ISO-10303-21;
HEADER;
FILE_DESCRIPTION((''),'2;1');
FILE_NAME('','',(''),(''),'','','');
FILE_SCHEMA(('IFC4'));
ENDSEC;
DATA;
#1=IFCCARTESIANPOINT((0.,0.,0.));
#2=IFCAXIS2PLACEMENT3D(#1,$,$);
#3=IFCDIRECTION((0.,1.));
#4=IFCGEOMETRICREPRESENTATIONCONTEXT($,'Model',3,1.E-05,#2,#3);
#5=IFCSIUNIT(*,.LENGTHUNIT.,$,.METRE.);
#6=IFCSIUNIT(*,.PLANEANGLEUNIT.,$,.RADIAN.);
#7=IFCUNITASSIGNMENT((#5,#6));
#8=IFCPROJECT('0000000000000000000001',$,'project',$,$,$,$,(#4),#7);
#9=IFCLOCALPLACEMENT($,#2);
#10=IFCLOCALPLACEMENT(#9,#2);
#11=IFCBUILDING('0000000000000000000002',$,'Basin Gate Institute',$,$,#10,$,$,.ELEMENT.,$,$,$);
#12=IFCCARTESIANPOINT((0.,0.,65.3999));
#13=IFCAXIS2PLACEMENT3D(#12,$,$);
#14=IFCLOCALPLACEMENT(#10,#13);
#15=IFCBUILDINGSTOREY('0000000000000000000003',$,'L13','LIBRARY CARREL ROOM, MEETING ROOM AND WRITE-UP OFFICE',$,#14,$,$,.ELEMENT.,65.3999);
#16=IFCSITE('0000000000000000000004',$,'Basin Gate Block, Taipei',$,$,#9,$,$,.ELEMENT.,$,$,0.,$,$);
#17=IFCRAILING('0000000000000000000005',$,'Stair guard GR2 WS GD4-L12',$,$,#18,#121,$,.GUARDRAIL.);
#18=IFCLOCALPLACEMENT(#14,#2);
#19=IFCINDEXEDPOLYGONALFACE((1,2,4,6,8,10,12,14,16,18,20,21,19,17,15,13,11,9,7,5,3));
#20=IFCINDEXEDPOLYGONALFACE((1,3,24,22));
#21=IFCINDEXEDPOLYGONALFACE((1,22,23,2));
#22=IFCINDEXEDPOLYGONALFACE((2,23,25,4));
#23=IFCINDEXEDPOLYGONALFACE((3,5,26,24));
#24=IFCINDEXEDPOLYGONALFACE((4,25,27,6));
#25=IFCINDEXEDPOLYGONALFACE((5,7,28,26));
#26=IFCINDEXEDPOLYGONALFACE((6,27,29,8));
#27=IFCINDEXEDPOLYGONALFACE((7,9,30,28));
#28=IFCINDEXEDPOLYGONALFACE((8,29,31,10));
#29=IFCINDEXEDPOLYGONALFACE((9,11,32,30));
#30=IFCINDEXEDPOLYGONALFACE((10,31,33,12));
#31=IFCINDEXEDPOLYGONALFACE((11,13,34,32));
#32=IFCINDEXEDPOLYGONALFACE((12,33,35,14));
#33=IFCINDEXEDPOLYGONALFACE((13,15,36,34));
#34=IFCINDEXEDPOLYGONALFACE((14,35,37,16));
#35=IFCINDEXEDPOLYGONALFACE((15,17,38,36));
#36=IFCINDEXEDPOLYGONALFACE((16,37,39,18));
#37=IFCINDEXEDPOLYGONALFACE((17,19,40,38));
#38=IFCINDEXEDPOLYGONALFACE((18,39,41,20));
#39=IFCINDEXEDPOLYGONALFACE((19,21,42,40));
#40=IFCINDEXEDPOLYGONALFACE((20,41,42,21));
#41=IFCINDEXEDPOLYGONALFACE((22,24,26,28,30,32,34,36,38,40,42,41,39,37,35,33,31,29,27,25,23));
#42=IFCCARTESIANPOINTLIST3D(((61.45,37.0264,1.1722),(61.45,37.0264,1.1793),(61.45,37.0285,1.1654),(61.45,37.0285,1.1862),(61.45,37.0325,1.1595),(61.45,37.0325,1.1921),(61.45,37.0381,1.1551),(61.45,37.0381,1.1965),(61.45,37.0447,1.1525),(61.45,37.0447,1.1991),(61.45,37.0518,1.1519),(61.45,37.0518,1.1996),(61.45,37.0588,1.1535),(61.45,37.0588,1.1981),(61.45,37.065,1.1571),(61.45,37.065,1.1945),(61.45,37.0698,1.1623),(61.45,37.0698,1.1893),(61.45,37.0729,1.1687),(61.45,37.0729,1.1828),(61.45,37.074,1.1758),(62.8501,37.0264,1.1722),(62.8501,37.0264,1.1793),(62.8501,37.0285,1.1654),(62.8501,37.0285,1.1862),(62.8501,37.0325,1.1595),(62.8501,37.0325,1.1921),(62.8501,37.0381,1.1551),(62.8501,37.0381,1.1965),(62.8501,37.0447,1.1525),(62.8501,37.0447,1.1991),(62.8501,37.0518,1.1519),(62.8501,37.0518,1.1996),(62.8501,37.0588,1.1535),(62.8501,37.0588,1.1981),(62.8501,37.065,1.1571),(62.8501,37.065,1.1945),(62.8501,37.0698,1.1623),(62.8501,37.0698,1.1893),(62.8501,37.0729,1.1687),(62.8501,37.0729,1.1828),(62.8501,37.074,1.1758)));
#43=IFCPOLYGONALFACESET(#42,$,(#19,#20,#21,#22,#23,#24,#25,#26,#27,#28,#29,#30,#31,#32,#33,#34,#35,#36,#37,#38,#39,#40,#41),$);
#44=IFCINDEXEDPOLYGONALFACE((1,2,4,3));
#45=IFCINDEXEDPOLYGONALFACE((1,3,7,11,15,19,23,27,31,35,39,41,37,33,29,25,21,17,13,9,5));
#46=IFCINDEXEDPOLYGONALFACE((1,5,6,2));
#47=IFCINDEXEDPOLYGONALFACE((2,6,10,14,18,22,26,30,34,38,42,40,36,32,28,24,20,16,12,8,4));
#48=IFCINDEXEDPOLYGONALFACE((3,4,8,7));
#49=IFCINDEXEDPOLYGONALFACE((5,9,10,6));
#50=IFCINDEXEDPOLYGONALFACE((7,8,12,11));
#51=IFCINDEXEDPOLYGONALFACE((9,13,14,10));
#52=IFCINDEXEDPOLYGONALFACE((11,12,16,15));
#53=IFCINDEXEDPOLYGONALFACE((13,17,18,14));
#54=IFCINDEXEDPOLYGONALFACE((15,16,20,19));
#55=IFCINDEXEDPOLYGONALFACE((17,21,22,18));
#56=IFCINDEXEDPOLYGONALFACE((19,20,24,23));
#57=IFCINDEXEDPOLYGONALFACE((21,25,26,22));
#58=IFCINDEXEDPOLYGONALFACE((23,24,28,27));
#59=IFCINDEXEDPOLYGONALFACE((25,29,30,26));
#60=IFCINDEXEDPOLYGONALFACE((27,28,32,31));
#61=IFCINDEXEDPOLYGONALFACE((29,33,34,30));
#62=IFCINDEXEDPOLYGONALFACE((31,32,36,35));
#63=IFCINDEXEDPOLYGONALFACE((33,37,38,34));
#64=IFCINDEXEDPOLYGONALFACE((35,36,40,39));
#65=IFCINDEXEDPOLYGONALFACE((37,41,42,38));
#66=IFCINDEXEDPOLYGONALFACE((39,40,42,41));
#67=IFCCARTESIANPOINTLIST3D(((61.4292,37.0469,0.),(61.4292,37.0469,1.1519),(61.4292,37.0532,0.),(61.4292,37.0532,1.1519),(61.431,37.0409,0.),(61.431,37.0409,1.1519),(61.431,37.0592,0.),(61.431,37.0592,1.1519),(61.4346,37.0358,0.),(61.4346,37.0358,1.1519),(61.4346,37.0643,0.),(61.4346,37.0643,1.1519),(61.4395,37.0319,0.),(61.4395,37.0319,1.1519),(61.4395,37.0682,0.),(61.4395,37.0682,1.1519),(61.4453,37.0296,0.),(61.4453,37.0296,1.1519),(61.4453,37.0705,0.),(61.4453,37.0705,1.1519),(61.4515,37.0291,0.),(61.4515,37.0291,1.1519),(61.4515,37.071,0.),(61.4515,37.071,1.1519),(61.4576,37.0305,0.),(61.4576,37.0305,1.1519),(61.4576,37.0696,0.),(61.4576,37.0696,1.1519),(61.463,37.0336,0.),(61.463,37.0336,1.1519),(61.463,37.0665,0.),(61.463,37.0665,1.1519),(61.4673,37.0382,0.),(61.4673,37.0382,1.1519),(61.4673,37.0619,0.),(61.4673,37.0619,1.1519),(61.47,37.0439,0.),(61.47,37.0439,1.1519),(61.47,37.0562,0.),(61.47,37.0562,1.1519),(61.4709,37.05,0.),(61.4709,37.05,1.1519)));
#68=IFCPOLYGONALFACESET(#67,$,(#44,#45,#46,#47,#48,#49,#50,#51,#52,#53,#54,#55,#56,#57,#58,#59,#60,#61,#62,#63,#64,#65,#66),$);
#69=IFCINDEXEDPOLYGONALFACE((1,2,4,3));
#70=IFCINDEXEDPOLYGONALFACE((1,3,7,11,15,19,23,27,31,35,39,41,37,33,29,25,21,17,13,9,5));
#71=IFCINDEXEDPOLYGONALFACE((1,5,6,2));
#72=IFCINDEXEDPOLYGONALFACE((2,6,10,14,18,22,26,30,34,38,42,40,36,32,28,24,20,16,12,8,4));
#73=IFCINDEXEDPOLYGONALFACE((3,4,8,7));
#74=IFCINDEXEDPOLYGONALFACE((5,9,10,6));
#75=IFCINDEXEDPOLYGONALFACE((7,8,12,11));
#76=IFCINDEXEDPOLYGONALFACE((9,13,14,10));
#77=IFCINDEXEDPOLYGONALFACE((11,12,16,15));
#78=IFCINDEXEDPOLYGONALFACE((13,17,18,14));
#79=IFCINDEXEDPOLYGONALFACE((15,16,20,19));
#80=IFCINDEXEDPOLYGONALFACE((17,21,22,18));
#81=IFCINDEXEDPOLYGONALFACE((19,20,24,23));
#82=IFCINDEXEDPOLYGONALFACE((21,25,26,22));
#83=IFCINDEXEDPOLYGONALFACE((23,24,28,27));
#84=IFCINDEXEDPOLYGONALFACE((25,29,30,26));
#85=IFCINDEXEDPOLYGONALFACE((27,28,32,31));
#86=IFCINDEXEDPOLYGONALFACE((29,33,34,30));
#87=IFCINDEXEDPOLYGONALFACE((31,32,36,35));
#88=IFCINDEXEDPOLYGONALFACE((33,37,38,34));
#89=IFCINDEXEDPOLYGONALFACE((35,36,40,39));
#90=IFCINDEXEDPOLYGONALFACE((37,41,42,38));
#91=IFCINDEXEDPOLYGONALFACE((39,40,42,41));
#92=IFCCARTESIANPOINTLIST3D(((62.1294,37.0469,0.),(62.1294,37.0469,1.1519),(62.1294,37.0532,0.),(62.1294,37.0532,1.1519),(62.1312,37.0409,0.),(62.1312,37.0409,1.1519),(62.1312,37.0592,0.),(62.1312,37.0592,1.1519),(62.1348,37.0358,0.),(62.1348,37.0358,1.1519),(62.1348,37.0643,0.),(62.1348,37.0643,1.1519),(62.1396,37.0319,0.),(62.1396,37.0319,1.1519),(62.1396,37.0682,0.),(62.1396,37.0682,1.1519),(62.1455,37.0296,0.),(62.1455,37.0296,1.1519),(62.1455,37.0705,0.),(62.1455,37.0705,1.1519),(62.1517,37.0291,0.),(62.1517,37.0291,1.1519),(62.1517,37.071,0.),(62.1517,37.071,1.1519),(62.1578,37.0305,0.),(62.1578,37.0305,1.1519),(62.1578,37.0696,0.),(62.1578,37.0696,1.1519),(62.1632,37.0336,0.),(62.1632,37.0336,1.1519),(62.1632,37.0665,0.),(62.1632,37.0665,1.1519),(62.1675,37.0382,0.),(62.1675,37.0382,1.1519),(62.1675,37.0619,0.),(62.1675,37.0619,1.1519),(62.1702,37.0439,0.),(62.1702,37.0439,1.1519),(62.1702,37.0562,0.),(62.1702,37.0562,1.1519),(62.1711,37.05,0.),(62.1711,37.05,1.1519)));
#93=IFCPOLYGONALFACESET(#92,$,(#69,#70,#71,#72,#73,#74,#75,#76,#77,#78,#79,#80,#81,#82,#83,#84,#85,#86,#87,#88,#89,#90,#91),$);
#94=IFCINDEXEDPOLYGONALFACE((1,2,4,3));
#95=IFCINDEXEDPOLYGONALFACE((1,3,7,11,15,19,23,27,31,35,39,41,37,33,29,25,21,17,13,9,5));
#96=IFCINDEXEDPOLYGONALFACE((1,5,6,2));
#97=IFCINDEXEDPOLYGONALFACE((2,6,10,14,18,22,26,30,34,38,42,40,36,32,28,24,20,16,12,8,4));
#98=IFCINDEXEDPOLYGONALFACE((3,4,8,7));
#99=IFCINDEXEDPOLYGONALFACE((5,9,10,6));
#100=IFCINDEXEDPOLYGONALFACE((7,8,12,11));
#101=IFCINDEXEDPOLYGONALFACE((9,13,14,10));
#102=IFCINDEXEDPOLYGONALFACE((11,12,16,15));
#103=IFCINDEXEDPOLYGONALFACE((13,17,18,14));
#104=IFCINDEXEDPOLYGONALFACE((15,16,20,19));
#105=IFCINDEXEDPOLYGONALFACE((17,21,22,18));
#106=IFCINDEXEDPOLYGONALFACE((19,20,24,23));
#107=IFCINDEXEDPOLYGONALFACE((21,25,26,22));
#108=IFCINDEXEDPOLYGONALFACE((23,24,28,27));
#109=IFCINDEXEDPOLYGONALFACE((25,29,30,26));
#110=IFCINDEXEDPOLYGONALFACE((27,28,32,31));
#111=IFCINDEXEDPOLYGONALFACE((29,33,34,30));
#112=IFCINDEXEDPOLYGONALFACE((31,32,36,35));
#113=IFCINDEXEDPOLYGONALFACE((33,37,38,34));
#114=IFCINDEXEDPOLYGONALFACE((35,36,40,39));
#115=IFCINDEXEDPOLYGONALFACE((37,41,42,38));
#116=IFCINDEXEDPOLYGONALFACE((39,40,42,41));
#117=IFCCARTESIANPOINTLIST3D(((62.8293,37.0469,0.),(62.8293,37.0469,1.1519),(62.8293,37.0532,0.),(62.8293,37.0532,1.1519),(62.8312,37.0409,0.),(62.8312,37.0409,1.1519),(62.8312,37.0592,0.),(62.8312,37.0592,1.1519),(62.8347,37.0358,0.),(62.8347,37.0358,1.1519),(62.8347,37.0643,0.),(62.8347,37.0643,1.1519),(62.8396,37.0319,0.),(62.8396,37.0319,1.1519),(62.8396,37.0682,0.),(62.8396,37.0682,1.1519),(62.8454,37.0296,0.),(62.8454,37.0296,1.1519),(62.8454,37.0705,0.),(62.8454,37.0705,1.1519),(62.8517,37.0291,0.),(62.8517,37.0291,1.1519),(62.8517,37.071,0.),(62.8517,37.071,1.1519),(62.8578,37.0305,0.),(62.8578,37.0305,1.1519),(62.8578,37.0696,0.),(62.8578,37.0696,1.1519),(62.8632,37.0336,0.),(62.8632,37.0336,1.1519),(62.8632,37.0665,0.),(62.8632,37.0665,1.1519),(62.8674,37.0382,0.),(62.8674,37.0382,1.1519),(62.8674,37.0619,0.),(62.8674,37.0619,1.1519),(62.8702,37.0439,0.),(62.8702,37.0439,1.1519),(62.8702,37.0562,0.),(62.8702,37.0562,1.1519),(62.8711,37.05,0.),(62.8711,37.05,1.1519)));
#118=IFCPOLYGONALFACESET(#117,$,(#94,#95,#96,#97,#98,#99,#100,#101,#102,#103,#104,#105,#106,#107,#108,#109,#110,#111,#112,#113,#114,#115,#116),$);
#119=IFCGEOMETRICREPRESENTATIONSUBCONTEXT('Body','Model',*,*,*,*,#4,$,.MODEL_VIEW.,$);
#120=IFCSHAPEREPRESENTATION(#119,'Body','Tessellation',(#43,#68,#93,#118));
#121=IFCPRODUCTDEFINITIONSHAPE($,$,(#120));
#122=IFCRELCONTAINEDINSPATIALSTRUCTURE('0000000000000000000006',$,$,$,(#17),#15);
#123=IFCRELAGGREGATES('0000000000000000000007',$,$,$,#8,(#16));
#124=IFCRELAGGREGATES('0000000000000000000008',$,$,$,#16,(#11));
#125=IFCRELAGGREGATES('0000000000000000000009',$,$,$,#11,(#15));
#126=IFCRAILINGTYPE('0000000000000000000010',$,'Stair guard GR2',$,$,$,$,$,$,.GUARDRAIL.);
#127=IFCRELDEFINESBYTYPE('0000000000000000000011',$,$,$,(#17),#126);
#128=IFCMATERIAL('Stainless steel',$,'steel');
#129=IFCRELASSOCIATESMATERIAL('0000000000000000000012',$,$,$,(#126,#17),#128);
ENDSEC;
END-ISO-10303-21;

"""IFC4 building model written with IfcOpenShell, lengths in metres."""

from ifc_helpers import new_model, si_unit, direction, frame, origin, origin_2d, place, context, subcontext, project, spatial, circle, extrude, material, type_object, element, save


model = new_model("IFC4")

# Units and contexts
model_context = context("Model", 3, precision=1e-05, world=origin(), true_north=direction((0.0, 1.0)))
body_context = subcontext(model_context, "Body", "Model", "MODEL_VIEW")
ifc_project = project(units=[si_unit("LENGTHUNIT", "METRE"), si_unit("PLANEANGLEUNIT", "RADIAN")], contexts=[model_context])

# Site, building, storey
site_placement = place(None, origin())
site = spatial("IfcSite", under=ifc_project, at=site_placement, Name="Basin Gate Block, Taipei", CompositionType="ELEMENT", RefElevation=0.0)
building_placement = place(site_placement, origin())
building = spatial("IfcBuilding", under=site, at=building_placement, Name="Basin Gate Institute", CompositionType="ELEMENT")
storey_placement = place(building_placement, frame((0.0, 0.0, 65.3999)))
storey = spatial("IfcBuildingStorey", under=building, at=storey_placement, Name="L13", Description="LIBRARY CARREL ROOM, MEETING ROOM AND WRITE-UP OFFICE", CompositionType="ELEMENT", Elevation=65.3999)

# Railing
ifc_material_1 = material(Name="Stainless steel", Category="steel")
railing_type_1 = type_object("IfcRailingType", Name="Stair guard GR2", PredefinedType="GUARDRAIL", material=ifc_material_1)
railing_1_placement = place(storey_placement, frame((61.45, 37.05, 0.0)))
element("IfcRailing", 1, at=railing_1_placement, inside=storey, type_object=railing_type_1, material=ifc_material_1, Name="Stair guard GR2 WS GD4-L12", PredefinedType="GUARDRAIL", context=body_context, shape_type="SweptSolid", body=[
    extrude(circle(Radius=0.0239, at=origin_2d()), frame((0.0, 0.0, 1.1758), z_axis=(1.0, 0.0, 0.0), x_axis=(0.0, 1.0, 0.0)), (0.0, 0.0, 1.0), 1.4001),
    extrude(circle(Radius=0.021, at=origin_2d()), origin(), (0.0, 0.0, 1.0), 1.1519),
    extrude(circle(Radius=0.021, at=origin_2d()), frame((0.7002, 0.0, 0.0)), (0.0, 0.0, 1.0), 1.1519),
    extrude(circle(Radius=0.021, at=origin_2d()), frame((1.4001, 0.0, 0.0)), (0.0, 0.0, 1.0), 1.1519),
])

save(model, "model.ifc")
